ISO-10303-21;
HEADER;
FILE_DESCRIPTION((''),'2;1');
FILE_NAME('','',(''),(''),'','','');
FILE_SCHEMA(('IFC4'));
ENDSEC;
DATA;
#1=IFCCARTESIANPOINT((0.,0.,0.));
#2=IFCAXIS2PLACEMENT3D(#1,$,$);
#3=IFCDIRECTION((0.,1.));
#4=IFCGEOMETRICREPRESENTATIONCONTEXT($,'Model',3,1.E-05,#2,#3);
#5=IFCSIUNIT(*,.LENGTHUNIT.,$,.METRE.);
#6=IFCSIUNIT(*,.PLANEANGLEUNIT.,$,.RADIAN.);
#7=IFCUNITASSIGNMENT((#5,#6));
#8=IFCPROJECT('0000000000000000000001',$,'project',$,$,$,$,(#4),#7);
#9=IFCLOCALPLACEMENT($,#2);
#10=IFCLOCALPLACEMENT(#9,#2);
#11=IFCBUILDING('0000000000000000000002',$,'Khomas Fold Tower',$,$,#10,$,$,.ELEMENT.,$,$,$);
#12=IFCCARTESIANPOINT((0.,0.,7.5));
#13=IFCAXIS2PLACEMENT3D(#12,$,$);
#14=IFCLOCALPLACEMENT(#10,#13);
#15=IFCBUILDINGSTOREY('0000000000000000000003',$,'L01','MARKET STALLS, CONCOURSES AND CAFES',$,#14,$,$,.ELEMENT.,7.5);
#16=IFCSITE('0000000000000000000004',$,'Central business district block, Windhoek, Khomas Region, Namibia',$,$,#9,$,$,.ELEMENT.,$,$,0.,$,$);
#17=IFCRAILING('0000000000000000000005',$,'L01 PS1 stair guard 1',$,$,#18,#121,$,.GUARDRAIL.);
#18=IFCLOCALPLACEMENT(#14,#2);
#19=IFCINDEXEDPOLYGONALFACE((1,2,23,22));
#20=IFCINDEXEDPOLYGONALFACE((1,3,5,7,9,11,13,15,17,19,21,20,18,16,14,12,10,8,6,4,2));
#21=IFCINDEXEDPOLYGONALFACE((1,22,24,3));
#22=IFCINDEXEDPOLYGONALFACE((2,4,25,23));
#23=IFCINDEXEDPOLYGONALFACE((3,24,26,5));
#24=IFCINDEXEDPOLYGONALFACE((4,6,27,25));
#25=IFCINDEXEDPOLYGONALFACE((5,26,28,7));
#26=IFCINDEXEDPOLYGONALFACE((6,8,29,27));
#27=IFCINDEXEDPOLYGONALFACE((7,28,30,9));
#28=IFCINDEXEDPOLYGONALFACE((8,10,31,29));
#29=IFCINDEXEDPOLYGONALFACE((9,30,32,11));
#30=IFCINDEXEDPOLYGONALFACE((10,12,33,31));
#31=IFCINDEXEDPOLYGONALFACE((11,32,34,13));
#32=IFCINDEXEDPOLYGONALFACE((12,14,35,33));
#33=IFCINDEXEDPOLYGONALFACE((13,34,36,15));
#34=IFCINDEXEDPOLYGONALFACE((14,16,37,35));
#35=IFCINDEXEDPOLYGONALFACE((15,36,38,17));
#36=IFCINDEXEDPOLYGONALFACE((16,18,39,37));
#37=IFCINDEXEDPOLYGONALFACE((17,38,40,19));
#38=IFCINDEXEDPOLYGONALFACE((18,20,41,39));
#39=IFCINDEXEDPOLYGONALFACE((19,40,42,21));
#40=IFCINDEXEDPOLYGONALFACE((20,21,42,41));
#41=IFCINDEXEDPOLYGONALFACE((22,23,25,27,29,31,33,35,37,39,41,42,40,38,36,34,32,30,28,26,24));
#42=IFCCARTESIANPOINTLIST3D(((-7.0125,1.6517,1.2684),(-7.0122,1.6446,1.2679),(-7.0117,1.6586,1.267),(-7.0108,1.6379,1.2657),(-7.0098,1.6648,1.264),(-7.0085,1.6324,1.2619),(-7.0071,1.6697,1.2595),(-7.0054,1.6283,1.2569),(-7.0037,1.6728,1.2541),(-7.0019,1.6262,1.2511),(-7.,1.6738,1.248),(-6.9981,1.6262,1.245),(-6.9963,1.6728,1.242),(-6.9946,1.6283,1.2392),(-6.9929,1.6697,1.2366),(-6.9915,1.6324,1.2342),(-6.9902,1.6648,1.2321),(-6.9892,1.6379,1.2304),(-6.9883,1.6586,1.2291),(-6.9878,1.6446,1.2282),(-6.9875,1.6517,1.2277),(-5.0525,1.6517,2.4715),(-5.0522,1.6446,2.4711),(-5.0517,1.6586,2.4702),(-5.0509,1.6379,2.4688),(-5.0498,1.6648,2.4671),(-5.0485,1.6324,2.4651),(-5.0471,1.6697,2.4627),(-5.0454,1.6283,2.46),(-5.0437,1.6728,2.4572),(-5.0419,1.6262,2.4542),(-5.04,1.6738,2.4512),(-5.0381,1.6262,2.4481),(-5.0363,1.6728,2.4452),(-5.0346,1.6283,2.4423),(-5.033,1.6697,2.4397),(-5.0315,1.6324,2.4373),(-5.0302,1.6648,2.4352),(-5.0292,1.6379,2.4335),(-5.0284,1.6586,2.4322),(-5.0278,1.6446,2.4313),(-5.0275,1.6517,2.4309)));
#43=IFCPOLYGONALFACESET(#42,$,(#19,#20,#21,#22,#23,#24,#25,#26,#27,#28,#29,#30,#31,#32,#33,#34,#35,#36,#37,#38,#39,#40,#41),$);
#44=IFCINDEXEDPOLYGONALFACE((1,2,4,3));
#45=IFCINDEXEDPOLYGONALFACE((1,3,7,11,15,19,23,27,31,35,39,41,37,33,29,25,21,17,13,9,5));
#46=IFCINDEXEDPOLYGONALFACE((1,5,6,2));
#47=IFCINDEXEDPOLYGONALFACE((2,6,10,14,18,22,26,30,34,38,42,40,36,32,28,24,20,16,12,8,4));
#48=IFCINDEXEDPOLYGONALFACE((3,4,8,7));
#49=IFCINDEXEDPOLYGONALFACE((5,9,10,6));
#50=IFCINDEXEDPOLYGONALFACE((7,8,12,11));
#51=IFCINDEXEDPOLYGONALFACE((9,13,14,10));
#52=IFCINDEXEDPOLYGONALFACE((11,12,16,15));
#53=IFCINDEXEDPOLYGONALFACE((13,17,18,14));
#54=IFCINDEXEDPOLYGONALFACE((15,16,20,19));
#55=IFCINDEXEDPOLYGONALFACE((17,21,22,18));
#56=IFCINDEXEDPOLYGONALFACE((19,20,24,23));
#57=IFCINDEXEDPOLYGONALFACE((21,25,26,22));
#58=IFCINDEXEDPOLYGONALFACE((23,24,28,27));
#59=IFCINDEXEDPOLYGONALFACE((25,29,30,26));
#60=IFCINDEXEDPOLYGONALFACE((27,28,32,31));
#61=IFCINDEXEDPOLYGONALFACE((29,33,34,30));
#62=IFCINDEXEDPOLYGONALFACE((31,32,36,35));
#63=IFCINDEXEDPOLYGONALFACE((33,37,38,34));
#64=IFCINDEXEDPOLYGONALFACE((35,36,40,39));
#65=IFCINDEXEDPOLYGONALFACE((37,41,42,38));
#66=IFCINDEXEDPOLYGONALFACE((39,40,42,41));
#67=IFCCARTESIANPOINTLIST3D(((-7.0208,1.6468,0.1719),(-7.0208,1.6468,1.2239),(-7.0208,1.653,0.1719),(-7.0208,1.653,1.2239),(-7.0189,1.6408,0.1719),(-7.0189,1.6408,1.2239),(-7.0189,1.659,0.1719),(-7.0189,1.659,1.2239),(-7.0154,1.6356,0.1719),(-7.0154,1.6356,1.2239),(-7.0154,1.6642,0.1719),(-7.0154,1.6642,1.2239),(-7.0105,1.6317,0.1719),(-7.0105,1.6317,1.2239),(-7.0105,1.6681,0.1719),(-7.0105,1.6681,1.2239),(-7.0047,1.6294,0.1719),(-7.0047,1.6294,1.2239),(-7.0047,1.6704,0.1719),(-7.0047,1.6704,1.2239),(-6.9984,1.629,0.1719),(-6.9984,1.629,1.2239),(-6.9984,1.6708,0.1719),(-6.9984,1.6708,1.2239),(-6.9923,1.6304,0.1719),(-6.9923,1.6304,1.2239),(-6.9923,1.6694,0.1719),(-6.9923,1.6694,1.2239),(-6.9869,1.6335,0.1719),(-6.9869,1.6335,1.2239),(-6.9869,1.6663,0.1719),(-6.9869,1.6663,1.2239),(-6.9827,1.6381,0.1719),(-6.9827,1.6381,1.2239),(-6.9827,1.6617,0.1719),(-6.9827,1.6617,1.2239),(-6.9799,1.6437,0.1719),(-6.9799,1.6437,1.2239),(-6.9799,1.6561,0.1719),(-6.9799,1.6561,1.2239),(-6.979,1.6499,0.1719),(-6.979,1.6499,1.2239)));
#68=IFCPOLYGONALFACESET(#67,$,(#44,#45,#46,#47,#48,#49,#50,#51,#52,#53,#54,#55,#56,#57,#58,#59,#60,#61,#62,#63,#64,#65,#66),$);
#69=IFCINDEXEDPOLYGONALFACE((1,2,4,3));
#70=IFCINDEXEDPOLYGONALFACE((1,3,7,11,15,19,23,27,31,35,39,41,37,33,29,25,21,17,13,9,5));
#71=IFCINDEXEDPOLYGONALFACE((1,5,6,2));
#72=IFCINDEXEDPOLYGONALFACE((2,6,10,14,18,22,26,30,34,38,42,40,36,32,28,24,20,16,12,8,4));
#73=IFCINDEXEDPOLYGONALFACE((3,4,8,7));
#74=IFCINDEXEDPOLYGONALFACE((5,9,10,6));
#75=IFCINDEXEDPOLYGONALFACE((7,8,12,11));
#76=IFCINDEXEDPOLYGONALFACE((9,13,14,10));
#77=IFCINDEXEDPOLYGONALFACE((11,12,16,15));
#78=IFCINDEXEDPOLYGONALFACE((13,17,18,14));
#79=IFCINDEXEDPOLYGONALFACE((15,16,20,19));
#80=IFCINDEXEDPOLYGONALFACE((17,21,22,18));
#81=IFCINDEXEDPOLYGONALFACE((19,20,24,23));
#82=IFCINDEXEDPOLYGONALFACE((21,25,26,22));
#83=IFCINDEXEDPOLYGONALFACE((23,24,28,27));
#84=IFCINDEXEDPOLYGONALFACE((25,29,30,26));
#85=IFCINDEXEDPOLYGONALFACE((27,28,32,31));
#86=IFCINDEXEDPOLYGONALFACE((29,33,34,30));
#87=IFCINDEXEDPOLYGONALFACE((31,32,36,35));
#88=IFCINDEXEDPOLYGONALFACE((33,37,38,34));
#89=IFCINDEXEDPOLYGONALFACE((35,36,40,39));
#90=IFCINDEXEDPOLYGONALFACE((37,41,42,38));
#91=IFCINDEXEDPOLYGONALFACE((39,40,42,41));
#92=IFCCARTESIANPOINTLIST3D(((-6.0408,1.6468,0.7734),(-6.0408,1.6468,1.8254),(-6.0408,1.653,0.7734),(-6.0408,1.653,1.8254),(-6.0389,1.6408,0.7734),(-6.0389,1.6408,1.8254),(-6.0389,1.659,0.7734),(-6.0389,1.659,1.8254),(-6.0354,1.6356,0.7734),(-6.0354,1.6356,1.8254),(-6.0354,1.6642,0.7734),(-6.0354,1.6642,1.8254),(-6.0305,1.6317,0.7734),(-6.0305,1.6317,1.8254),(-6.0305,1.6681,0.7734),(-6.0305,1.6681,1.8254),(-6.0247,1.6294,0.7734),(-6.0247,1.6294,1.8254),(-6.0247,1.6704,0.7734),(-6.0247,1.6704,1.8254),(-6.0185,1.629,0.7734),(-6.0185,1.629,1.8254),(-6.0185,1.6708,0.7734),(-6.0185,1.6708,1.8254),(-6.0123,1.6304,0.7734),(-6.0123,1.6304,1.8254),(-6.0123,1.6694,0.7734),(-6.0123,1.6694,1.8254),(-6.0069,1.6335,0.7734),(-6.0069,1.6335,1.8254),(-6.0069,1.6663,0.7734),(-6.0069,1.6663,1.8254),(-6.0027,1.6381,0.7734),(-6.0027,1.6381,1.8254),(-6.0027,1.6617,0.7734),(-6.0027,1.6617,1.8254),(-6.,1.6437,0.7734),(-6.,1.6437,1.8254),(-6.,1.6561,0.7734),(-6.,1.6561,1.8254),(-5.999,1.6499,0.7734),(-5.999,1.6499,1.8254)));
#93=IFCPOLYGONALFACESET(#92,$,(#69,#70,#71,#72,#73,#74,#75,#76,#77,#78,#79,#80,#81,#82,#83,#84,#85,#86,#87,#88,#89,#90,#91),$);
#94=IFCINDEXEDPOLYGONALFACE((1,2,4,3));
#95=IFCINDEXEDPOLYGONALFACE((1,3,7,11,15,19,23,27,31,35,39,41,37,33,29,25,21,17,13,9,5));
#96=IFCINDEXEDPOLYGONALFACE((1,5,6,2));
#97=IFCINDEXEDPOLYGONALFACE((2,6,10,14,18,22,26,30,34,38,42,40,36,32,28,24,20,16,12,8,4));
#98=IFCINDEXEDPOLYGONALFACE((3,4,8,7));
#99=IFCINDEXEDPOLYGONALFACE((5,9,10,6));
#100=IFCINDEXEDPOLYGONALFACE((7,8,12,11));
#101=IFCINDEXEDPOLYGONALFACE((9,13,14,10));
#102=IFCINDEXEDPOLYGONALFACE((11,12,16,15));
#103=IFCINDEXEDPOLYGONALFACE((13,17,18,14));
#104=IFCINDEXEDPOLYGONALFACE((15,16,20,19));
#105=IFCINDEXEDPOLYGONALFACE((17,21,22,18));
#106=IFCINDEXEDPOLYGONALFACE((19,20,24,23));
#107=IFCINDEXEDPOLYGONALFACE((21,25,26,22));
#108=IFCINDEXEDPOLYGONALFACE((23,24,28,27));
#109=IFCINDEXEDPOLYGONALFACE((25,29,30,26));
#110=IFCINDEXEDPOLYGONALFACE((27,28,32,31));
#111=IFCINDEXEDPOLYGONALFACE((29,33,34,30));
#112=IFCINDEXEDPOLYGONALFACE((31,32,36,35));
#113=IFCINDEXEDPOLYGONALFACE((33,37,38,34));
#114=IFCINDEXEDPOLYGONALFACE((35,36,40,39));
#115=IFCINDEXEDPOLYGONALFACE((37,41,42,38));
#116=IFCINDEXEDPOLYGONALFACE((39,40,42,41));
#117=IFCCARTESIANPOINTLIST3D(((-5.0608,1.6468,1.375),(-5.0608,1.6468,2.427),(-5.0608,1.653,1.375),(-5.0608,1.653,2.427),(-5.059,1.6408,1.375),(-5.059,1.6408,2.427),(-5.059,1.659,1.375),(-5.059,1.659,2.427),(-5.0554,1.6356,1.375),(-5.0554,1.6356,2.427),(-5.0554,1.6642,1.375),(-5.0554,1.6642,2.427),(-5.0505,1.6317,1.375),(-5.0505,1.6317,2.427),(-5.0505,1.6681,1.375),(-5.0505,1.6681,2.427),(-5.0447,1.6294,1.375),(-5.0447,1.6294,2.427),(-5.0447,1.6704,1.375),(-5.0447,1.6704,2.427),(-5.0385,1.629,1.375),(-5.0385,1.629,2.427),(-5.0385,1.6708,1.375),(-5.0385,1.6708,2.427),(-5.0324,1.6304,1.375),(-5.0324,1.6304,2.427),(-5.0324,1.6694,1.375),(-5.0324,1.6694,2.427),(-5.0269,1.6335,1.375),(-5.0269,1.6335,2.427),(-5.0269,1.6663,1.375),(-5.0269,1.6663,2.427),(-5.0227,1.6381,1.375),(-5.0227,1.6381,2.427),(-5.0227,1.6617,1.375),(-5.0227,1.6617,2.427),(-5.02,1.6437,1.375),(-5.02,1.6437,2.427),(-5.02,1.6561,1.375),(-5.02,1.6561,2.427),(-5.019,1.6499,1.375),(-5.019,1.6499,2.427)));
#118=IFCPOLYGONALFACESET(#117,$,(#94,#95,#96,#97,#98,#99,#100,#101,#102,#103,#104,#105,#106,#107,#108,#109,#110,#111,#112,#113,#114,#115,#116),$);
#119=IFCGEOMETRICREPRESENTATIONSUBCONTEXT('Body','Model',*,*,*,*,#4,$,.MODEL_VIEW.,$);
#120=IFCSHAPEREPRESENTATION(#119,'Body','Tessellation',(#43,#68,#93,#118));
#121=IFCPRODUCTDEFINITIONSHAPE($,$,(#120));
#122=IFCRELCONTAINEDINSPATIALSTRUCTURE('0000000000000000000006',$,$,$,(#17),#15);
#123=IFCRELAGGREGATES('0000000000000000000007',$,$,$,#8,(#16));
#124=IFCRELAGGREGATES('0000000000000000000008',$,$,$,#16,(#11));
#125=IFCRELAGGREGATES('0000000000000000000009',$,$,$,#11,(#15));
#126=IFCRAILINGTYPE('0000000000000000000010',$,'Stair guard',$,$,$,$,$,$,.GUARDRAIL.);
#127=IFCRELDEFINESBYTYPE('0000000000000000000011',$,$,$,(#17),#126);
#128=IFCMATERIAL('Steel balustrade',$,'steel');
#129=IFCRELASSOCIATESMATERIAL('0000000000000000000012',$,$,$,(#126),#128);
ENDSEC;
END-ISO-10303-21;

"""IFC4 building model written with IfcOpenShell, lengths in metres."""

from ifc_helpers import new_model, si_unit, direction, frame, origin, origin_2d, place, context, subcontext, project, spatial, circle, extrude, source, transform, mapped, material, type_object, element, save


model = new_model("IFC4")

# Units and contexts
model_context = context("Model", 3, precision=1e-05, world=origin(), true_north=direction((0.0, 1.0)))
body_context = subcontext(model_context, "Body", "Model", "MODEL_VIEW")
ifc_project = project(units=[si_unit("LENGTHUNIT", "METRE"), si_unit("PLANEANGLEUNIT", "RADIAN")], contexts=[model_context])

# Site, building, storey
site_placement = place(None, origin())
site = spatial("IfcSite", under=ifc_project, at=site_placement, Name="Central business district block, Windhoek, Khomas Region, Namibia", CompositionType="ELEMENT", RefElevation=0.0)
building_placement = place(site_placement, origin())
building = spatial("IfcBuilding", under=site, at=building_placement, Name="Khomas Fold Tower", CompositionType="ELEMENT")
storey_placement = place(building_placement, frame((0.0, 0.0, 7.5)))
storey = spatial("IfcBuildingStorey", under=building, at=storey_placement, Name="L01", Description="MARKET STALLS, CONCOURSES AND CAFES", CompositionType="ELEMENT", Elevation=7.5)

# Railing
ifc_material_1 = material(Name="Steel balustrade", Category="steel")
railing_type_1 = type_object("IfcRailingType", Name="Stair guard", PredefinedType="GUARDRAIL", material=ifc_material_1)
shared_shape_1 = source(origin(), body_context, "Body", "SweptSolid", [
    extrude(circle(Radius=0.0239, at=origin_2d()), frame((0.0, 0.0, 1.0762), z_axis=(0.852241, 0.0, 0.523149), x_axis=(0.0, 1.0, 0.0)), (0.0, 0.0, 1.0), 2.2998),
    extrude(circle(Radius=0.021, at=origin_2d()), origin(), (0.0, 0.0, 1.0), 1.052),
    extrude(circle(Radius=0.021, at=origin_2d()), frame((0.98, 0.0, 0.6016)), (0.0, 0.0, 1.0), 1.052),
    extrude(circle(Radius=0.021, at=origin_2d()), frame((1.96, 0.0, 1.2031)), (0.0, 0.0, 1.0), 1.052),
])
for number, where, name in (
    (1, (-7.0, 1.6499, 0.1719), "L01 PS1 stair guard 1"),
):
    element("IfcRailing", number, at=place(storey_placement, frame(where)), inside=storey, type_object=railing_type_1, Name=name, PredefinedType="GUARDRAIL", context=body_context, shape_type="MappedRepresentation", body=[
        mapped(shared_shape_1, transform((0.0, 0.0, 0.0))),
    ])

save(model, "model.ifc")
